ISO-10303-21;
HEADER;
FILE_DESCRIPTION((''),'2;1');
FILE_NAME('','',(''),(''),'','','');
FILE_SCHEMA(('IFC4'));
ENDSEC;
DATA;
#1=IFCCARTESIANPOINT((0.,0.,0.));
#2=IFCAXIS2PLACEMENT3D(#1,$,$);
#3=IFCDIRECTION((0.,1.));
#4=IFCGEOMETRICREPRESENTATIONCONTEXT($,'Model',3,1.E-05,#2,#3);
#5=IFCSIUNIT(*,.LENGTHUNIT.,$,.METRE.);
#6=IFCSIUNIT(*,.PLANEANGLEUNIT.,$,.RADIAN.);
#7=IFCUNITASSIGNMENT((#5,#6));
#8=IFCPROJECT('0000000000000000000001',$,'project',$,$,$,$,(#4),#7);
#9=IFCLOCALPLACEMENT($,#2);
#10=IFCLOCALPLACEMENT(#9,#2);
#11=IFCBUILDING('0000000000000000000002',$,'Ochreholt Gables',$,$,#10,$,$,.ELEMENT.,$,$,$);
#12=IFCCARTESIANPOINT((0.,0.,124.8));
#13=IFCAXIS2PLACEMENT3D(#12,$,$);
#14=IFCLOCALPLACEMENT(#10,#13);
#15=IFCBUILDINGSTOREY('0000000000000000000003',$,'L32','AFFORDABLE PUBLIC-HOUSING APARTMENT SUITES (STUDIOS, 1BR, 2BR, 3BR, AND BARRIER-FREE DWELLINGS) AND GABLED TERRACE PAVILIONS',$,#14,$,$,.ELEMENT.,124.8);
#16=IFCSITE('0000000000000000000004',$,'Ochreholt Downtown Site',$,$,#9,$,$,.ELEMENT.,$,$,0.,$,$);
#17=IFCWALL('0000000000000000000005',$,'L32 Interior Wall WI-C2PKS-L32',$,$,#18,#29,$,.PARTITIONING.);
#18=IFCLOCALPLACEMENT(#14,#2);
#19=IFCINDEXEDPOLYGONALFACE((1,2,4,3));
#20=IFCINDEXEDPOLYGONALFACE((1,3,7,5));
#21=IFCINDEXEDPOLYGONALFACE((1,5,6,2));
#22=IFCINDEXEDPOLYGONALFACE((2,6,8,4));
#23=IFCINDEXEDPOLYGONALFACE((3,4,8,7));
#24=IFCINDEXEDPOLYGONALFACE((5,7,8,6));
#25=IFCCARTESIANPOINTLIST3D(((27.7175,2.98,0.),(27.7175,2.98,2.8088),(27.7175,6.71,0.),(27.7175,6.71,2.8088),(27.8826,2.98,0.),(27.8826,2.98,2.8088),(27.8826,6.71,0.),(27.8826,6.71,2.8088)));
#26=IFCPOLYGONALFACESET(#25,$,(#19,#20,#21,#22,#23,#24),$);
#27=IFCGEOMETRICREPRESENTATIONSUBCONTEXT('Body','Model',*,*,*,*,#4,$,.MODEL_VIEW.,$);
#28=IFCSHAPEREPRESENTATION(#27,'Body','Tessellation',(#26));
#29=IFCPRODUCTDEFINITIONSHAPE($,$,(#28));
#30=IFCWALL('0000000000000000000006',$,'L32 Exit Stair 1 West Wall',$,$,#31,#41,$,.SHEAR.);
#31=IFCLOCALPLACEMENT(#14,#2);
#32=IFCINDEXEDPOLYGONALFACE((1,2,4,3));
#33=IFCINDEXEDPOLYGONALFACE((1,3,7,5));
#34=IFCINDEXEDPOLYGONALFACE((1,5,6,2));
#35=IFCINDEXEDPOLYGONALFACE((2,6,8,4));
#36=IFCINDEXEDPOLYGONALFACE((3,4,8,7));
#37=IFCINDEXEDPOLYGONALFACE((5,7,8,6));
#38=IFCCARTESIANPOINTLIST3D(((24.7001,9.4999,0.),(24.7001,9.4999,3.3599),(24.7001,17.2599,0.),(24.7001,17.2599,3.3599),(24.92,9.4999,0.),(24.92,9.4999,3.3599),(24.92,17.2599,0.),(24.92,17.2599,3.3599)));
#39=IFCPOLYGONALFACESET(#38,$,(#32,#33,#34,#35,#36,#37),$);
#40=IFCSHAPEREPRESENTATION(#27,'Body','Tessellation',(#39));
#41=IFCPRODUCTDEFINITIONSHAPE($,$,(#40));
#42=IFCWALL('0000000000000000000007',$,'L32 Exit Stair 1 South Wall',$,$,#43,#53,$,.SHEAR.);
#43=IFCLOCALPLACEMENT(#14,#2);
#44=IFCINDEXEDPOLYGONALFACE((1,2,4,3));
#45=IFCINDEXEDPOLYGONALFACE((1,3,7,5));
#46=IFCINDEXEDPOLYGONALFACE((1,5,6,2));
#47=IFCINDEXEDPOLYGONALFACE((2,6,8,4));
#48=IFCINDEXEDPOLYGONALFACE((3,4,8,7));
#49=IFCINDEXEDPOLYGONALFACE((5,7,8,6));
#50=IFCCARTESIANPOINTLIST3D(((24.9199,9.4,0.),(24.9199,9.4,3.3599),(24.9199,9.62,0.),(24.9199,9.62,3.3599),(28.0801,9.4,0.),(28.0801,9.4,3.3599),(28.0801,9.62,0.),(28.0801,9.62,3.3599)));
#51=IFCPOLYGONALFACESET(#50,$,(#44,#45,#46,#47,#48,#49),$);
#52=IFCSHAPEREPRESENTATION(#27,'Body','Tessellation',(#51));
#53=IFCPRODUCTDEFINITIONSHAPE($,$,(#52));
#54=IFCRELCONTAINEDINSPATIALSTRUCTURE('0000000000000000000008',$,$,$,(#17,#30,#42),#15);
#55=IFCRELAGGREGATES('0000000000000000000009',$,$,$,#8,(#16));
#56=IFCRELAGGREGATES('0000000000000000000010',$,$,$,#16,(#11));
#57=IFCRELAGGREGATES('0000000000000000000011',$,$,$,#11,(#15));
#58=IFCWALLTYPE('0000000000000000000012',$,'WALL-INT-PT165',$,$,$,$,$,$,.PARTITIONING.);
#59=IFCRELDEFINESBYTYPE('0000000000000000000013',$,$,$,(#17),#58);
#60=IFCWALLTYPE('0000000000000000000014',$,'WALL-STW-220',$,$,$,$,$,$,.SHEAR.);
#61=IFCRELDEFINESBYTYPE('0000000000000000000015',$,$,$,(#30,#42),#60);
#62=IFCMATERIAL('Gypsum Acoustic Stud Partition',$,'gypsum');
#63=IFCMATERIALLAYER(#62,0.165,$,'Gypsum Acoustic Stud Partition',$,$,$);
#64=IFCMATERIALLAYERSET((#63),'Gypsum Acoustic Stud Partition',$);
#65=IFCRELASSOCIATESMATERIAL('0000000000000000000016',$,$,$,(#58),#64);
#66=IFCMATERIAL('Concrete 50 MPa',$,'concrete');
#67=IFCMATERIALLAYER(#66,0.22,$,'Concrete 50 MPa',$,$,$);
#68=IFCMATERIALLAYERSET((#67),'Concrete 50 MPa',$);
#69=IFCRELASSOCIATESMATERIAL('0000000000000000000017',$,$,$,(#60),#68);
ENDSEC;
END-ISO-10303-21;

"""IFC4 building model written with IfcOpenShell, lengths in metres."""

from ifc_helpers import new_model, si_unit, direction, frame, frame_2d, origin, place, context, subcontext, project, spatial, rectangle, extrude, material, layer, layer_set, type_object, element, save


model = new_model("IFC4")

# Units and contexts
model_context = context("Model", 3, precision=1e-05, world=origin(), true_north=direction((0.0, 1.0)))
body_context = subcontext(model_context, "Body", "Model", "MODEL_VIEW")
ifc_project = project(units=[si_unit("LENGTHUNIT", "METRE"), si_unit("PLANEANGLEUNIT", "RADIAN")], contexts=[model_context])

# Site, building, storey
site_placement = place(None, origin())
site = spatial("IfcSite", under=ifc_project, at=site_placement, Name="Ochreholt Downtown Site", CompositionType="ELEMENT", RefElevation=0.0)
building_placement = place(site_placement, origin())
building = spatial("IfcBuilding", under=site, at=building_placement, Name="Ochreholt Gables", CompositionType="ELEMENT")
storey_placement = place(building_placement, frame((0.0, 0.0, 124.8)))
storey = spatial("IfcBuildingStorey", under=building, at=storey_placement, Name="L32", Description="AFFORDABLE PUBLIC-HOUSING APARTMENT SUITES (STUDIOS, 1BR, 2BR, 3BR, AND BARRIER-FREE DWELLINGS) AND GABLED TERRACE PAVILIONS", CompositionType="ELEMENT", Elevation=124.8)

# Walls
ifc_material_1 = material(Name="Gypsum Acoustic Stud Partition", Category="gypsum")
ifc_layer_1 = layer(ifc_material_1, 0.165, Name="Gypsum Acoustic Stud Partition")
ifc_layer_set_1 = layer_set([ifc_layer_1], Name="Gypsum Acoustic Stud Partition")
wall_type_1 = type_object("IfcWallType", Name="WALL-INT-PT165", PredefinedType="PARTITIONING", material=ifc_layer_set_1)
wall_1_placement = place(storey_placement, frame((27.8, 2.98, 0.0), z_axis=(0.0, 0.0, 1.0), x_axis=(0.0, 1.0, 0.0)))
element("IfcWall", 1, at=wall_1_placement, inside=storey, type_object=wall_type_1, Name="L32 Interior Wall WI-C2PKS-L32", PredefinedType="PARTITIONING", context=body_context, shape_type="SweptSolid", body=[
    extrude(rectangle(XDim=3.73, YDim=0.165, at=frame_2d((1.865, 0.0))), origin(), (0.0, 0.0, 1.0), 2.8088),
])
ifc_material_2 = material(Name="Concrete 50 MPa", Category="concrete")
ifc_layer_2 = layer(ifc_material_2, 0.22, Name="Concrete 50 MPa")
ifc_layer_set_2 = layer_set([ifc_layer_2], Name="Concrete 50 MPa")
wall_type_2 = type_object("IfcWallType", Name="WALL-STW-220", PredefinedType="SHEAR", material=ifc_layer_set_2)
wall_2_placement = place(storey_placement, frame((24.8101, 9.5, 0.0), z_axis=(0.0, 0.0, 1.0), x_axis=(0.0, 1.0, 0.0)))
element("IfcWall", 2, at=wall_2_placement, inside=storey, type_object=wall_type_2, Name="L32 Exit Stair 1 West Wall", PredefinedType="SHEAR", context=body_context, shape_type="SweptSolid", body=[
    extrude(rectangle(XDim=7.76, YDim=0.22, at=frame_2d((3.8799, 0.0))), origin(), (0.0, 0.0, 1.0), 3.3599),
])
wall_3_placement = place(storey_placement, frame((24.9199, 9.51, 0.0), z_axis=(0.0, 0.0, 1.0), x_axis=(1.0, 0.0, 0.0)))
element("IfcWall", 3, at=wall_3_placement, inside=storey, type_object=wall_type_2, Name="L32 Exit Stair 1 South Wall", PredefinedType="SHEAR", context=body_context, shape_type="SweptSolid", body=[
    extrude(rectangle(XDim=3.1602, YDim=0.22, at=frame_2d((1.5801, 0.0))), origin(), (0.0, 0.0, 1.0), 3.3599),
])

save(model, "model.ifc")
